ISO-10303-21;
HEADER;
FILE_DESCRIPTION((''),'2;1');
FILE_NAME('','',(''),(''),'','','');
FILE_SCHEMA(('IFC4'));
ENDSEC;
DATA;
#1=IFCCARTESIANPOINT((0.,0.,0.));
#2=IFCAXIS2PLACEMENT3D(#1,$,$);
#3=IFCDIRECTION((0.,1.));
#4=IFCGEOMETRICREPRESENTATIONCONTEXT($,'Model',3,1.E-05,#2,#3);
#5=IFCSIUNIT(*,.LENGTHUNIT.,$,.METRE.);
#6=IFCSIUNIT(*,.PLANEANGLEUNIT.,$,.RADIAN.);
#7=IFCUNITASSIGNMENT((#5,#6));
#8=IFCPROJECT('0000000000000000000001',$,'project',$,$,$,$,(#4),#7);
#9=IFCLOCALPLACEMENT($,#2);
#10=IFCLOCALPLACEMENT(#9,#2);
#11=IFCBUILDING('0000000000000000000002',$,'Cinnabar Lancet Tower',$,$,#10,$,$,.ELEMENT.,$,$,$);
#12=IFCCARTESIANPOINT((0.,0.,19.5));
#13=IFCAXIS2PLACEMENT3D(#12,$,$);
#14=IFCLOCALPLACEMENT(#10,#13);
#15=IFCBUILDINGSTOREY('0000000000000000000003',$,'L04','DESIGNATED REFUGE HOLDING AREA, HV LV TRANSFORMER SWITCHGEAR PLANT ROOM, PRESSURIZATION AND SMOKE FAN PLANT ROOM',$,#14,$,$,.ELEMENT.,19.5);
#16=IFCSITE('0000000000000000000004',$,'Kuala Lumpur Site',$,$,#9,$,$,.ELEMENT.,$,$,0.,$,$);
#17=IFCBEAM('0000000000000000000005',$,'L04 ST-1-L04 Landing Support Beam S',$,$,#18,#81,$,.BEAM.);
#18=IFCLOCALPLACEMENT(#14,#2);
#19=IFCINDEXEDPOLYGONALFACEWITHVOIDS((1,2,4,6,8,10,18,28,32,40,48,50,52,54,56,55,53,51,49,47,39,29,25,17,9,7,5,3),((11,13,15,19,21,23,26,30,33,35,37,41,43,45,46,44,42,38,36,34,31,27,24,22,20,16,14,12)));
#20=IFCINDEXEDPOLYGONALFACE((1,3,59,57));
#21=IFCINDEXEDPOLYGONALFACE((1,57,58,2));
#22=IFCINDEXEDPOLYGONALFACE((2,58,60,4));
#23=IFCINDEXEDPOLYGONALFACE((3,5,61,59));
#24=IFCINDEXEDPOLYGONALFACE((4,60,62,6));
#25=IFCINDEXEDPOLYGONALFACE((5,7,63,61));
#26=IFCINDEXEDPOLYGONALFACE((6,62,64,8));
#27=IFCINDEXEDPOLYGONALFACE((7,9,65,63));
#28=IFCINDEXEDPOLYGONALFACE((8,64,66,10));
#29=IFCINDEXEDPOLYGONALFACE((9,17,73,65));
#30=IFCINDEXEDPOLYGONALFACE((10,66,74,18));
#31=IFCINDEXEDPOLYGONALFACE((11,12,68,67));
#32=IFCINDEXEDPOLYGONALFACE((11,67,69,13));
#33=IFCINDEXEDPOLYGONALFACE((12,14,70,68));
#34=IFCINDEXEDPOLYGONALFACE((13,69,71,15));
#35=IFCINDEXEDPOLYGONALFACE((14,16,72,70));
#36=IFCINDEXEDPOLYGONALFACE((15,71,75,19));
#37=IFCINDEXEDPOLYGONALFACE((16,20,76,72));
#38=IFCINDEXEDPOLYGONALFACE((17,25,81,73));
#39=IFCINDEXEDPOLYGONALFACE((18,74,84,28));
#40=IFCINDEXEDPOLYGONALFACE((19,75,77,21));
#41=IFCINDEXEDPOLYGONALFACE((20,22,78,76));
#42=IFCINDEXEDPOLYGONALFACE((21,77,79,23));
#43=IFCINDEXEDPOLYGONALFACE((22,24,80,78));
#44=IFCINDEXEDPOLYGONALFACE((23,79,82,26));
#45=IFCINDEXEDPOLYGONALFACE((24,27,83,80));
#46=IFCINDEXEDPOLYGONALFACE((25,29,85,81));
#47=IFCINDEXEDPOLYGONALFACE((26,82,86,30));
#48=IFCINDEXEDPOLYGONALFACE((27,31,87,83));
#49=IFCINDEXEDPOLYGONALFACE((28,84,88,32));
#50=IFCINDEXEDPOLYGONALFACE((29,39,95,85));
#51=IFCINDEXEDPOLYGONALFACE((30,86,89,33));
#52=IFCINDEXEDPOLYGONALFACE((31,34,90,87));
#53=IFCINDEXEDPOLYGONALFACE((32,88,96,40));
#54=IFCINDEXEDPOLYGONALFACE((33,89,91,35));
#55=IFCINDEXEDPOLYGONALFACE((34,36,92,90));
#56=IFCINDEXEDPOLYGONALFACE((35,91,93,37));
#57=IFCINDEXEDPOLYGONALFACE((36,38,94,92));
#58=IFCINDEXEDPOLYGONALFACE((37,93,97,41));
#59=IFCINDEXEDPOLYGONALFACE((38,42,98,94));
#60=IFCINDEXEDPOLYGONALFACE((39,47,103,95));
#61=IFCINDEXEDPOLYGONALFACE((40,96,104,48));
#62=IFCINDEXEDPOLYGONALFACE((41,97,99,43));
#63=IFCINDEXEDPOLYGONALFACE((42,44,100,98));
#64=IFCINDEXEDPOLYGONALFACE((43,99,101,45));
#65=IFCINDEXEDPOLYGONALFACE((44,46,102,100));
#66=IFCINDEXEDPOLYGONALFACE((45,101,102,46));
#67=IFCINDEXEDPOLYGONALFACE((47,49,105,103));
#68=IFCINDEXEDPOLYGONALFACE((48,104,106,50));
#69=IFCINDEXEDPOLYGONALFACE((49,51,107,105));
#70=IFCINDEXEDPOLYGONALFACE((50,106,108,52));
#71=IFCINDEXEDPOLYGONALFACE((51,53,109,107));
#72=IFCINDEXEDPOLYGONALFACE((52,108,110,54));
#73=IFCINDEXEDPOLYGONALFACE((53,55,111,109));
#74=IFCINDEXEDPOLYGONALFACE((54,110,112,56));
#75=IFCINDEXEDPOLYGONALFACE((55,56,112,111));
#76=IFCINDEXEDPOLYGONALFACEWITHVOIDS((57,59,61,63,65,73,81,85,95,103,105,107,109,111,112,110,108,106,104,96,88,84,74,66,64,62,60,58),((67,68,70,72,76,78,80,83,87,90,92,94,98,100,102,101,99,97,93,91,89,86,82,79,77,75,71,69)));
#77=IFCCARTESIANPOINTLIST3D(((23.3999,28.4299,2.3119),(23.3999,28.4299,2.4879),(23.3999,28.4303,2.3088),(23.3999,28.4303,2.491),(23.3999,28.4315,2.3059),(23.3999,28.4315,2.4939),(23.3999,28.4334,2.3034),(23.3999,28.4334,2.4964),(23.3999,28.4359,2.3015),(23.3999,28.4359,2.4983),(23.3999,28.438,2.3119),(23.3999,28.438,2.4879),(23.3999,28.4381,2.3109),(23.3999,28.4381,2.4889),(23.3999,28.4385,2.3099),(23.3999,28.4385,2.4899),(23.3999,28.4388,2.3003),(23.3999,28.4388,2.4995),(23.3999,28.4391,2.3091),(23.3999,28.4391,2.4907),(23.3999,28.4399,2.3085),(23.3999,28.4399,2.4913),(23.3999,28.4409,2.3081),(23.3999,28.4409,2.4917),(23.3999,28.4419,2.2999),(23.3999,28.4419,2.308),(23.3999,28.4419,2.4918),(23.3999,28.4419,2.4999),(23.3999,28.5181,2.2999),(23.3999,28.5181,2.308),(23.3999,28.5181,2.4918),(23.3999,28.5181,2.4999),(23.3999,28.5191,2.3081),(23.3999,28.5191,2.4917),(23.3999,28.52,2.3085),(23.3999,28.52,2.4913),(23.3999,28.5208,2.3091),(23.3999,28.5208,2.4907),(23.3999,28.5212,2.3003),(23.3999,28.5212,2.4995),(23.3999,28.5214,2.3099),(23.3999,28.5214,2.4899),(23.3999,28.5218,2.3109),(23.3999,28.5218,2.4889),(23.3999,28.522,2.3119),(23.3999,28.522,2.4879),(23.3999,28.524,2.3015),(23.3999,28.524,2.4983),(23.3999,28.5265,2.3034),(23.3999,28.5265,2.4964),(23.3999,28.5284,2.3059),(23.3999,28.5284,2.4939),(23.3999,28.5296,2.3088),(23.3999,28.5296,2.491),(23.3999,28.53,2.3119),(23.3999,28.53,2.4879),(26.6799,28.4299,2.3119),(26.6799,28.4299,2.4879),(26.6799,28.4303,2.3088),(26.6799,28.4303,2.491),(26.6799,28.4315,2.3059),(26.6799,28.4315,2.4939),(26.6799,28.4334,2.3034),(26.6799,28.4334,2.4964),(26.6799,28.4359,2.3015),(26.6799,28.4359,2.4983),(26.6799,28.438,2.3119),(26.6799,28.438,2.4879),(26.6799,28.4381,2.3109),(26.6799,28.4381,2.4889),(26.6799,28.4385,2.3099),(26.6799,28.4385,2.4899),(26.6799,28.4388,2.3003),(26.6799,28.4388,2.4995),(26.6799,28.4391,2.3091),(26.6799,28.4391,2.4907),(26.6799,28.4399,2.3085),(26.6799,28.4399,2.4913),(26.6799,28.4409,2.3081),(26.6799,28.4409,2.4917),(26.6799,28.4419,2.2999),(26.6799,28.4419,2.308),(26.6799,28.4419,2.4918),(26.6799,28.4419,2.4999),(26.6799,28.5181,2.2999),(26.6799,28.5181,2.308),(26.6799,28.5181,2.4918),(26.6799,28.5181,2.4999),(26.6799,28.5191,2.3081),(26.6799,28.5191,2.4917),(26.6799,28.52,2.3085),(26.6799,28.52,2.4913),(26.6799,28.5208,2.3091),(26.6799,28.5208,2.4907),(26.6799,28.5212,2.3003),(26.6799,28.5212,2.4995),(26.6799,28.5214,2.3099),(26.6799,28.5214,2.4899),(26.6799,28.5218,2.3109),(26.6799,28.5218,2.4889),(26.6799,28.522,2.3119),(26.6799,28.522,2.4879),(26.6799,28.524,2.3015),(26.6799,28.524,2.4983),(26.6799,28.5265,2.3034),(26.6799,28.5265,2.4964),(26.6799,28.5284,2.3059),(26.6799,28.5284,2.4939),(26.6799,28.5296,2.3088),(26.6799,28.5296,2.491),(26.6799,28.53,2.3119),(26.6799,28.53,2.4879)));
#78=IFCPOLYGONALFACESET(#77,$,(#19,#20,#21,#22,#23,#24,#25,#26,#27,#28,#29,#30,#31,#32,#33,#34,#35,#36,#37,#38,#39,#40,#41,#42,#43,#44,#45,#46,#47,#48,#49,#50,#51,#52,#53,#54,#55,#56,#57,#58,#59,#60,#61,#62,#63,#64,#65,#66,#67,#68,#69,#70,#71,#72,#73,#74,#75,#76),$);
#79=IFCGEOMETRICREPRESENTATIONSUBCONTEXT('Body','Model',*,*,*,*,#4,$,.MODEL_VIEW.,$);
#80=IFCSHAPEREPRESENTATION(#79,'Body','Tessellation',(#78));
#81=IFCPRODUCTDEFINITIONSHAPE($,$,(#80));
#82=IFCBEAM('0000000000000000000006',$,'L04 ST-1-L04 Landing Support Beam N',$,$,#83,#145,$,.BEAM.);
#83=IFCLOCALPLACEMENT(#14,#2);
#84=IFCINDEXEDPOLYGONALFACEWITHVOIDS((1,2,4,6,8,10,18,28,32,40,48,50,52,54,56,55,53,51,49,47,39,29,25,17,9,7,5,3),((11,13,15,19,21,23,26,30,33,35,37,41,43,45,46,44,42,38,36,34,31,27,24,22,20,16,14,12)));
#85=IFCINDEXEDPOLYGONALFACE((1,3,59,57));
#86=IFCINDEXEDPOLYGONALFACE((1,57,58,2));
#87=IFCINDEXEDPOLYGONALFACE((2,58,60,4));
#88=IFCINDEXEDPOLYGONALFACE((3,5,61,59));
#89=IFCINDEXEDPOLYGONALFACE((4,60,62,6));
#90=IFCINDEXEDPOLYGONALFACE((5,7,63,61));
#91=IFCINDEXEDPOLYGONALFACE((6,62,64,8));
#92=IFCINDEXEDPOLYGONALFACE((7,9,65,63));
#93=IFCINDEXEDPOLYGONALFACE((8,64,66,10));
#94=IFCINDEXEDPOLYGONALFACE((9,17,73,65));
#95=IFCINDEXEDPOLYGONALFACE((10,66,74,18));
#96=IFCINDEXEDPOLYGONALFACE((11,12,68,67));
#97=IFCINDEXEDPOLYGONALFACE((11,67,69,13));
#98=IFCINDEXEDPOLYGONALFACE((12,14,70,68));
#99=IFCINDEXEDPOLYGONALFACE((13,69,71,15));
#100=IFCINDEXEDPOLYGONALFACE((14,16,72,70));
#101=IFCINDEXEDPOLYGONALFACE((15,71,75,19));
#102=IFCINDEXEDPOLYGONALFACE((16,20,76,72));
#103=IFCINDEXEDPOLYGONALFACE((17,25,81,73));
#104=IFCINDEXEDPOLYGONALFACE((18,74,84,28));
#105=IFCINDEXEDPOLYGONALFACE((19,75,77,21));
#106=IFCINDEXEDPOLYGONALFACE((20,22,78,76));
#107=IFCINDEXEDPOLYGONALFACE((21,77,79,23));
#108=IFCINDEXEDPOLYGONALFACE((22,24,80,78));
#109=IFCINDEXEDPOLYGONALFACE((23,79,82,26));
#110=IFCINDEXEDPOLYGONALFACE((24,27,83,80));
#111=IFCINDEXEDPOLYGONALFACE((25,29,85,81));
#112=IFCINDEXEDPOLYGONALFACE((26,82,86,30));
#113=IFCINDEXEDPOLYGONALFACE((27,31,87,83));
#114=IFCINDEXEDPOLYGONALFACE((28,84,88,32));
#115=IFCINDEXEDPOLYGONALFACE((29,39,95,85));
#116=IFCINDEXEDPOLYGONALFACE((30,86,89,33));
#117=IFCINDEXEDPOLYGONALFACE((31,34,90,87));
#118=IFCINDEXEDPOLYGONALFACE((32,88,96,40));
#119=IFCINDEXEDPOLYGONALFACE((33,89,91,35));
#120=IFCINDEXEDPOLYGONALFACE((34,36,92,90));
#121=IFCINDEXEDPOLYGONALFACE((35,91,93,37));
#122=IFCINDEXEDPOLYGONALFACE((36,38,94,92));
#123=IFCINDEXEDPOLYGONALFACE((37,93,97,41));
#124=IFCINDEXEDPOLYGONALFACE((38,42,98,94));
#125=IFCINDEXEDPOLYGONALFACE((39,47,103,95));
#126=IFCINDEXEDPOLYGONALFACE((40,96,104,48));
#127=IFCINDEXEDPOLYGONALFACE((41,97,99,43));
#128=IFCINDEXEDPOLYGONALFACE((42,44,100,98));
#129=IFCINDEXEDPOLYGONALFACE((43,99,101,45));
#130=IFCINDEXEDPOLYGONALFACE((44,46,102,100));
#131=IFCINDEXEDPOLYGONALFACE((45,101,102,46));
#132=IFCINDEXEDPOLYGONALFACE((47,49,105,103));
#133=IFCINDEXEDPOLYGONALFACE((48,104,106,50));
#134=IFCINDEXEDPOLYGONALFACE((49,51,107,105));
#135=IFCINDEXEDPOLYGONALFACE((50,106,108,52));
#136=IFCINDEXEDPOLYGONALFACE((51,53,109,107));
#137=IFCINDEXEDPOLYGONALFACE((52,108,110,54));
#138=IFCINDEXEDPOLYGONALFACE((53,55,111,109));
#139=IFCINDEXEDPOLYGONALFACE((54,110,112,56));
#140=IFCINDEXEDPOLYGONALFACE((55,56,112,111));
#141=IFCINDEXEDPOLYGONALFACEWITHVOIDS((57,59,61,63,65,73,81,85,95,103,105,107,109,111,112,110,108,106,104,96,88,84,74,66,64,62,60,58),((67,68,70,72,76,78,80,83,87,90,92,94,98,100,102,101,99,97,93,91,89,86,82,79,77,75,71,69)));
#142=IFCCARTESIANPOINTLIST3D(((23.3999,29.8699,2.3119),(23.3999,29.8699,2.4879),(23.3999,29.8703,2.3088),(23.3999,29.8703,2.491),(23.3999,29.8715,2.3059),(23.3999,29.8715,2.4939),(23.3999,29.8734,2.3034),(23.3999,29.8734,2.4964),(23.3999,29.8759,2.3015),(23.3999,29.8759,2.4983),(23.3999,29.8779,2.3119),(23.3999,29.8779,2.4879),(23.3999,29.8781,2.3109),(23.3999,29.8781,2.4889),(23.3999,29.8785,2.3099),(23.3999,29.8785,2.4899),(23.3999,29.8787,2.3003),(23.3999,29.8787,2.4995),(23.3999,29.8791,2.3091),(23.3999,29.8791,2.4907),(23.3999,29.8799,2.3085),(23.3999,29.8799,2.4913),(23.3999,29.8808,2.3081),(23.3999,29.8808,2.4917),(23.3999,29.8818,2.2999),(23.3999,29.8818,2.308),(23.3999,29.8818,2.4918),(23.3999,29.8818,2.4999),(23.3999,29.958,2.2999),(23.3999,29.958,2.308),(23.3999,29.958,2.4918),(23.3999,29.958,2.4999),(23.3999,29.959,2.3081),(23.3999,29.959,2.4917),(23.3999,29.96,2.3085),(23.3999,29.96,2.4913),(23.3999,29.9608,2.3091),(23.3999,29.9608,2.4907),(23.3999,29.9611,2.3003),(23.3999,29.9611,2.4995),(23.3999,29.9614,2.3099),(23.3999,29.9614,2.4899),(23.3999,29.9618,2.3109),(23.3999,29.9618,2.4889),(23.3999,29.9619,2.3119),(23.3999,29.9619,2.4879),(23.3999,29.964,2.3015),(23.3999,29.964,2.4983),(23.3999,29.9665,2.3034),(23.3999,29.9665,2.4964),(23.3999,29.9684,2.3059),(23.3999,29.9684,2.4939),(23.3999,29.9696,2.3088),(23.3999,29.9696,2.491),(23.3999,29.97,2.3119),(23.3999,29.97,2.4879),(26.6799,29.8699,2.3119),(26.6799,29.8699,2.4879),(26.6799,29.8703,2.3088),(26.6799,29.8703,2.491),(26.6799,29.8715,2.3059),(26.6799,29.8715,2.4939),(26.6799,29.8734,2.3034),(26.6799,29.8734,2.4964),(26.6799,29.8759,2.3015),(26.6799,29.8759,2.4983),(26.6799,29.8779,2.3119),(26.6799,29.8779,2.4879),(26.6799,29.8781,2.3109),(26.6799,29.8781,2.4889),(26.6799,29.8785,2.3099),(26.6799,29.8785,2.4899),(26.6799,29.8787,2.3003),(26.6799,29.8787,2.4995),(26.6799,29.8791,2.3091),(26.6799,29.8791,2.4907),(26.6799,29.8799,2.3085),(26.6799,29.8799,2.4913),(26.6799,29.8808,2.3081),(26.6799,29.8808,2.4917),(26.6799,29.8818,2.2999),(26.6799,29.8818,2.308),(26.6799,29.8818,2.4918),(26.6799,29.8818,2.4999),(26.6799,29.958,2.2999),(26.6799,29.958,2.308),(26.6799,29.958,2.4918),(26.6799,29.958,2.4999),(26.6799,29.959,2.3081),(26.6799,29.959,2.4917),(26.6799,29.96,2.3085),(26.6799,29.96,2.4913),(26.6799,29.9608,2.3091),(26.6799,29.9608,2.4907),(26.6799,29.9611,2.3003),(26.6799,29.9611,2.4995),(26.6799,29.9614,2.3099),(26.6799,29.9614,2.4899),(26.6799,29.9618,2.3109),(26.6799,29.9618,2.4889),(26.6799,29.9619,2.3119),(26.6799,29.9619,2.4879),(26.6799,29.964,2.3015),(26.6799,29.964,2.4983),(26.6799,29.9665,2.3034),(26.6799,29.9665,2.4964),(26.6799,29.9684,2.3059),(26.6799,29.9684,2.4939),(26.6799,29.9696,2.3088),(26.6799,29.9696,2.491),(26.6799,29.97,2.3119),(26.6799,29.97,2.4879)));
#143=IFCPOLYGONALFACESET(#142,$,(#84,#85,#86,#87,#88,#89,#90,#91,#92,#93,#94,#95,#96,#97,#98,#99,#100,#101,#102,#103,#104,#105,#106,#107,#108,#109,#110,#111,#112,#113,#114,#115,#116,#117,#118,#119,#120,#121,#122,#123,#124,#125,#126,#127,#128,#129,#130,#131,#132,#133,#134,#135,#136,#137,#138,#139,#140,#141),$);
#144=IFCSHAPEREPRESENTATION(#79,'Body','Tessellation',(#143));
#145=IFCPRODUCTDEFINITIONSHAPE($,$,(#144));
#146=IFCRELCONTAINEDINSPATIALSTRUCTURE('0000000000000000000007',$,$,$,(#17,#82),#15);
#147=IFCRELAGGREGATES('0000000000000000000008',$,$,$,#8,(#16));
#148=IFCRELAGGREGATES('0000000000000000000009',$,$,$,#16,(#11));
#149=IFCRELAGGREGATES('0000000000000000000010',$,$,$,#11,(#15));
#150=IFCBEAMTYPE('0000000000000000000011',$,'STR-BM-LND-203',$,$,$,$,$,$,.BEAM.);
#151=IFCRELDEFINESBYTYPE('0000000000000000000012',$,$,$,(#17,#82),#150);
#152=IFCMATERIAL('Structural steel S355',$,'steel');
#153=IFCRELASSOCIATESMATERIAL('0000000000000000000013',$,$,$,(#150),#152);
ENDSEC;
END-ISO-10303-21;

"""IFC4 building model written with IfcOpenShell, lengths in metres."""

from ifc_helpers import new_model, si_unit, direction, frame, origin, origin_2d, place, context, subcontext, project, spatial, hollow_rectangle, extrude, material, material_profile, profile_set, type_object, element, save


model = new_model("IFC4")

# Units and contexts
model_context = context("Model", 3, precision=1e-05, world=origin(), true_north=direction((0.0, 1.0)))
body_context = subcontext(model_context, "Body", "Model", "MODEL_VIEW")
ifc_project = project(units=[si_unit("LENGTHUNIT", "METRE"), si_unit("PLANEANGLEUNIT", "RADIAN")], contexts=[model_context])

# Site, building, storey
site_placement = place(None, origin())
site = spatial("IfcSite", under=ifc_project, at=site_placement, Name="Kuala Lumpur Site", CompositionType="ELEMENT", RefElevation=0.0)
building_placement = place(site_placement, origin())
building = spatial("IfcBuilding", under=site, at=building_placement, Name="Cinnabar Lancet Tower", CompositionType="ELEMENT")
storey_placement = place(building_placement, frame((0.0, 0.0, 19.5)))
storey = spatial("IfcBuildingStorey", under=building, at=storey_placement, Name="L04", Description="DESIGNATED REFUGE HOLDING AREA, HV LV TRANSFORMER SWITCHGEAR PLANT ROOM, PRESSURIZATION AND SMOKE FAN PLANT ROOM", CompositionType="ELEMENT", Elevation=19.5)

# Beams
ifc_material_1 = material(Name="Structural steel S355", Category="steel")
ifc_material_profile_1 = material_profile(ifc_material_1, hollow_rectangle(XDim=0.1001, YDim=0.2, WallThickness=0.0081, InnerFilletRadius=0.0039, OuterFilletRadius=0.012, at=origin_2d()), Name="RHS 200x100x8")
ifc_profile_set_1 = profile_set([ifc_material_profile_1], Name="Structural steel S355")
beam_type_1 = type_object("IfcBeamType", Name="STR-BM-LND-203", PredefinedType="BEAM", material=ifc_profile_set_1)
for number, where, z_axis, x_axis, name in (
    (1, (23.3999, 28.48, 2.3999), (1.0, 0.0, 0.0), (0.0, 1.0, 0.0), "L04 ST-1-L04 Landing Support Beam S"),
    (2, (23.3999, 29.9199, 2.3999), (1.0, 0.0, 0.0), (0.0, 1.0, 0.0), "L04 ST-1-L04 Landing Support Beam N"),
):
    element("IfcBeam", number, at=place(storey_placement, frame(where, z_axis=z_axis, x_axis=x_axis)), inside=storey, type_object=beam_type_1, Name=name, PredefinedType="BEAM", context=body_context, shape_type="SweptSolid", body=[
        extrude(hollow_rectangle(XDim=0.1001, YDim=0.2, WallThickness=0.0081, InnerFilletRadius=0.0039, OuterFilletRadius=0.012, at=origin_2d()), origin(), (0.0, 0.0, 1.0), 3.28),
    ])

save(model, "model.ifc")
